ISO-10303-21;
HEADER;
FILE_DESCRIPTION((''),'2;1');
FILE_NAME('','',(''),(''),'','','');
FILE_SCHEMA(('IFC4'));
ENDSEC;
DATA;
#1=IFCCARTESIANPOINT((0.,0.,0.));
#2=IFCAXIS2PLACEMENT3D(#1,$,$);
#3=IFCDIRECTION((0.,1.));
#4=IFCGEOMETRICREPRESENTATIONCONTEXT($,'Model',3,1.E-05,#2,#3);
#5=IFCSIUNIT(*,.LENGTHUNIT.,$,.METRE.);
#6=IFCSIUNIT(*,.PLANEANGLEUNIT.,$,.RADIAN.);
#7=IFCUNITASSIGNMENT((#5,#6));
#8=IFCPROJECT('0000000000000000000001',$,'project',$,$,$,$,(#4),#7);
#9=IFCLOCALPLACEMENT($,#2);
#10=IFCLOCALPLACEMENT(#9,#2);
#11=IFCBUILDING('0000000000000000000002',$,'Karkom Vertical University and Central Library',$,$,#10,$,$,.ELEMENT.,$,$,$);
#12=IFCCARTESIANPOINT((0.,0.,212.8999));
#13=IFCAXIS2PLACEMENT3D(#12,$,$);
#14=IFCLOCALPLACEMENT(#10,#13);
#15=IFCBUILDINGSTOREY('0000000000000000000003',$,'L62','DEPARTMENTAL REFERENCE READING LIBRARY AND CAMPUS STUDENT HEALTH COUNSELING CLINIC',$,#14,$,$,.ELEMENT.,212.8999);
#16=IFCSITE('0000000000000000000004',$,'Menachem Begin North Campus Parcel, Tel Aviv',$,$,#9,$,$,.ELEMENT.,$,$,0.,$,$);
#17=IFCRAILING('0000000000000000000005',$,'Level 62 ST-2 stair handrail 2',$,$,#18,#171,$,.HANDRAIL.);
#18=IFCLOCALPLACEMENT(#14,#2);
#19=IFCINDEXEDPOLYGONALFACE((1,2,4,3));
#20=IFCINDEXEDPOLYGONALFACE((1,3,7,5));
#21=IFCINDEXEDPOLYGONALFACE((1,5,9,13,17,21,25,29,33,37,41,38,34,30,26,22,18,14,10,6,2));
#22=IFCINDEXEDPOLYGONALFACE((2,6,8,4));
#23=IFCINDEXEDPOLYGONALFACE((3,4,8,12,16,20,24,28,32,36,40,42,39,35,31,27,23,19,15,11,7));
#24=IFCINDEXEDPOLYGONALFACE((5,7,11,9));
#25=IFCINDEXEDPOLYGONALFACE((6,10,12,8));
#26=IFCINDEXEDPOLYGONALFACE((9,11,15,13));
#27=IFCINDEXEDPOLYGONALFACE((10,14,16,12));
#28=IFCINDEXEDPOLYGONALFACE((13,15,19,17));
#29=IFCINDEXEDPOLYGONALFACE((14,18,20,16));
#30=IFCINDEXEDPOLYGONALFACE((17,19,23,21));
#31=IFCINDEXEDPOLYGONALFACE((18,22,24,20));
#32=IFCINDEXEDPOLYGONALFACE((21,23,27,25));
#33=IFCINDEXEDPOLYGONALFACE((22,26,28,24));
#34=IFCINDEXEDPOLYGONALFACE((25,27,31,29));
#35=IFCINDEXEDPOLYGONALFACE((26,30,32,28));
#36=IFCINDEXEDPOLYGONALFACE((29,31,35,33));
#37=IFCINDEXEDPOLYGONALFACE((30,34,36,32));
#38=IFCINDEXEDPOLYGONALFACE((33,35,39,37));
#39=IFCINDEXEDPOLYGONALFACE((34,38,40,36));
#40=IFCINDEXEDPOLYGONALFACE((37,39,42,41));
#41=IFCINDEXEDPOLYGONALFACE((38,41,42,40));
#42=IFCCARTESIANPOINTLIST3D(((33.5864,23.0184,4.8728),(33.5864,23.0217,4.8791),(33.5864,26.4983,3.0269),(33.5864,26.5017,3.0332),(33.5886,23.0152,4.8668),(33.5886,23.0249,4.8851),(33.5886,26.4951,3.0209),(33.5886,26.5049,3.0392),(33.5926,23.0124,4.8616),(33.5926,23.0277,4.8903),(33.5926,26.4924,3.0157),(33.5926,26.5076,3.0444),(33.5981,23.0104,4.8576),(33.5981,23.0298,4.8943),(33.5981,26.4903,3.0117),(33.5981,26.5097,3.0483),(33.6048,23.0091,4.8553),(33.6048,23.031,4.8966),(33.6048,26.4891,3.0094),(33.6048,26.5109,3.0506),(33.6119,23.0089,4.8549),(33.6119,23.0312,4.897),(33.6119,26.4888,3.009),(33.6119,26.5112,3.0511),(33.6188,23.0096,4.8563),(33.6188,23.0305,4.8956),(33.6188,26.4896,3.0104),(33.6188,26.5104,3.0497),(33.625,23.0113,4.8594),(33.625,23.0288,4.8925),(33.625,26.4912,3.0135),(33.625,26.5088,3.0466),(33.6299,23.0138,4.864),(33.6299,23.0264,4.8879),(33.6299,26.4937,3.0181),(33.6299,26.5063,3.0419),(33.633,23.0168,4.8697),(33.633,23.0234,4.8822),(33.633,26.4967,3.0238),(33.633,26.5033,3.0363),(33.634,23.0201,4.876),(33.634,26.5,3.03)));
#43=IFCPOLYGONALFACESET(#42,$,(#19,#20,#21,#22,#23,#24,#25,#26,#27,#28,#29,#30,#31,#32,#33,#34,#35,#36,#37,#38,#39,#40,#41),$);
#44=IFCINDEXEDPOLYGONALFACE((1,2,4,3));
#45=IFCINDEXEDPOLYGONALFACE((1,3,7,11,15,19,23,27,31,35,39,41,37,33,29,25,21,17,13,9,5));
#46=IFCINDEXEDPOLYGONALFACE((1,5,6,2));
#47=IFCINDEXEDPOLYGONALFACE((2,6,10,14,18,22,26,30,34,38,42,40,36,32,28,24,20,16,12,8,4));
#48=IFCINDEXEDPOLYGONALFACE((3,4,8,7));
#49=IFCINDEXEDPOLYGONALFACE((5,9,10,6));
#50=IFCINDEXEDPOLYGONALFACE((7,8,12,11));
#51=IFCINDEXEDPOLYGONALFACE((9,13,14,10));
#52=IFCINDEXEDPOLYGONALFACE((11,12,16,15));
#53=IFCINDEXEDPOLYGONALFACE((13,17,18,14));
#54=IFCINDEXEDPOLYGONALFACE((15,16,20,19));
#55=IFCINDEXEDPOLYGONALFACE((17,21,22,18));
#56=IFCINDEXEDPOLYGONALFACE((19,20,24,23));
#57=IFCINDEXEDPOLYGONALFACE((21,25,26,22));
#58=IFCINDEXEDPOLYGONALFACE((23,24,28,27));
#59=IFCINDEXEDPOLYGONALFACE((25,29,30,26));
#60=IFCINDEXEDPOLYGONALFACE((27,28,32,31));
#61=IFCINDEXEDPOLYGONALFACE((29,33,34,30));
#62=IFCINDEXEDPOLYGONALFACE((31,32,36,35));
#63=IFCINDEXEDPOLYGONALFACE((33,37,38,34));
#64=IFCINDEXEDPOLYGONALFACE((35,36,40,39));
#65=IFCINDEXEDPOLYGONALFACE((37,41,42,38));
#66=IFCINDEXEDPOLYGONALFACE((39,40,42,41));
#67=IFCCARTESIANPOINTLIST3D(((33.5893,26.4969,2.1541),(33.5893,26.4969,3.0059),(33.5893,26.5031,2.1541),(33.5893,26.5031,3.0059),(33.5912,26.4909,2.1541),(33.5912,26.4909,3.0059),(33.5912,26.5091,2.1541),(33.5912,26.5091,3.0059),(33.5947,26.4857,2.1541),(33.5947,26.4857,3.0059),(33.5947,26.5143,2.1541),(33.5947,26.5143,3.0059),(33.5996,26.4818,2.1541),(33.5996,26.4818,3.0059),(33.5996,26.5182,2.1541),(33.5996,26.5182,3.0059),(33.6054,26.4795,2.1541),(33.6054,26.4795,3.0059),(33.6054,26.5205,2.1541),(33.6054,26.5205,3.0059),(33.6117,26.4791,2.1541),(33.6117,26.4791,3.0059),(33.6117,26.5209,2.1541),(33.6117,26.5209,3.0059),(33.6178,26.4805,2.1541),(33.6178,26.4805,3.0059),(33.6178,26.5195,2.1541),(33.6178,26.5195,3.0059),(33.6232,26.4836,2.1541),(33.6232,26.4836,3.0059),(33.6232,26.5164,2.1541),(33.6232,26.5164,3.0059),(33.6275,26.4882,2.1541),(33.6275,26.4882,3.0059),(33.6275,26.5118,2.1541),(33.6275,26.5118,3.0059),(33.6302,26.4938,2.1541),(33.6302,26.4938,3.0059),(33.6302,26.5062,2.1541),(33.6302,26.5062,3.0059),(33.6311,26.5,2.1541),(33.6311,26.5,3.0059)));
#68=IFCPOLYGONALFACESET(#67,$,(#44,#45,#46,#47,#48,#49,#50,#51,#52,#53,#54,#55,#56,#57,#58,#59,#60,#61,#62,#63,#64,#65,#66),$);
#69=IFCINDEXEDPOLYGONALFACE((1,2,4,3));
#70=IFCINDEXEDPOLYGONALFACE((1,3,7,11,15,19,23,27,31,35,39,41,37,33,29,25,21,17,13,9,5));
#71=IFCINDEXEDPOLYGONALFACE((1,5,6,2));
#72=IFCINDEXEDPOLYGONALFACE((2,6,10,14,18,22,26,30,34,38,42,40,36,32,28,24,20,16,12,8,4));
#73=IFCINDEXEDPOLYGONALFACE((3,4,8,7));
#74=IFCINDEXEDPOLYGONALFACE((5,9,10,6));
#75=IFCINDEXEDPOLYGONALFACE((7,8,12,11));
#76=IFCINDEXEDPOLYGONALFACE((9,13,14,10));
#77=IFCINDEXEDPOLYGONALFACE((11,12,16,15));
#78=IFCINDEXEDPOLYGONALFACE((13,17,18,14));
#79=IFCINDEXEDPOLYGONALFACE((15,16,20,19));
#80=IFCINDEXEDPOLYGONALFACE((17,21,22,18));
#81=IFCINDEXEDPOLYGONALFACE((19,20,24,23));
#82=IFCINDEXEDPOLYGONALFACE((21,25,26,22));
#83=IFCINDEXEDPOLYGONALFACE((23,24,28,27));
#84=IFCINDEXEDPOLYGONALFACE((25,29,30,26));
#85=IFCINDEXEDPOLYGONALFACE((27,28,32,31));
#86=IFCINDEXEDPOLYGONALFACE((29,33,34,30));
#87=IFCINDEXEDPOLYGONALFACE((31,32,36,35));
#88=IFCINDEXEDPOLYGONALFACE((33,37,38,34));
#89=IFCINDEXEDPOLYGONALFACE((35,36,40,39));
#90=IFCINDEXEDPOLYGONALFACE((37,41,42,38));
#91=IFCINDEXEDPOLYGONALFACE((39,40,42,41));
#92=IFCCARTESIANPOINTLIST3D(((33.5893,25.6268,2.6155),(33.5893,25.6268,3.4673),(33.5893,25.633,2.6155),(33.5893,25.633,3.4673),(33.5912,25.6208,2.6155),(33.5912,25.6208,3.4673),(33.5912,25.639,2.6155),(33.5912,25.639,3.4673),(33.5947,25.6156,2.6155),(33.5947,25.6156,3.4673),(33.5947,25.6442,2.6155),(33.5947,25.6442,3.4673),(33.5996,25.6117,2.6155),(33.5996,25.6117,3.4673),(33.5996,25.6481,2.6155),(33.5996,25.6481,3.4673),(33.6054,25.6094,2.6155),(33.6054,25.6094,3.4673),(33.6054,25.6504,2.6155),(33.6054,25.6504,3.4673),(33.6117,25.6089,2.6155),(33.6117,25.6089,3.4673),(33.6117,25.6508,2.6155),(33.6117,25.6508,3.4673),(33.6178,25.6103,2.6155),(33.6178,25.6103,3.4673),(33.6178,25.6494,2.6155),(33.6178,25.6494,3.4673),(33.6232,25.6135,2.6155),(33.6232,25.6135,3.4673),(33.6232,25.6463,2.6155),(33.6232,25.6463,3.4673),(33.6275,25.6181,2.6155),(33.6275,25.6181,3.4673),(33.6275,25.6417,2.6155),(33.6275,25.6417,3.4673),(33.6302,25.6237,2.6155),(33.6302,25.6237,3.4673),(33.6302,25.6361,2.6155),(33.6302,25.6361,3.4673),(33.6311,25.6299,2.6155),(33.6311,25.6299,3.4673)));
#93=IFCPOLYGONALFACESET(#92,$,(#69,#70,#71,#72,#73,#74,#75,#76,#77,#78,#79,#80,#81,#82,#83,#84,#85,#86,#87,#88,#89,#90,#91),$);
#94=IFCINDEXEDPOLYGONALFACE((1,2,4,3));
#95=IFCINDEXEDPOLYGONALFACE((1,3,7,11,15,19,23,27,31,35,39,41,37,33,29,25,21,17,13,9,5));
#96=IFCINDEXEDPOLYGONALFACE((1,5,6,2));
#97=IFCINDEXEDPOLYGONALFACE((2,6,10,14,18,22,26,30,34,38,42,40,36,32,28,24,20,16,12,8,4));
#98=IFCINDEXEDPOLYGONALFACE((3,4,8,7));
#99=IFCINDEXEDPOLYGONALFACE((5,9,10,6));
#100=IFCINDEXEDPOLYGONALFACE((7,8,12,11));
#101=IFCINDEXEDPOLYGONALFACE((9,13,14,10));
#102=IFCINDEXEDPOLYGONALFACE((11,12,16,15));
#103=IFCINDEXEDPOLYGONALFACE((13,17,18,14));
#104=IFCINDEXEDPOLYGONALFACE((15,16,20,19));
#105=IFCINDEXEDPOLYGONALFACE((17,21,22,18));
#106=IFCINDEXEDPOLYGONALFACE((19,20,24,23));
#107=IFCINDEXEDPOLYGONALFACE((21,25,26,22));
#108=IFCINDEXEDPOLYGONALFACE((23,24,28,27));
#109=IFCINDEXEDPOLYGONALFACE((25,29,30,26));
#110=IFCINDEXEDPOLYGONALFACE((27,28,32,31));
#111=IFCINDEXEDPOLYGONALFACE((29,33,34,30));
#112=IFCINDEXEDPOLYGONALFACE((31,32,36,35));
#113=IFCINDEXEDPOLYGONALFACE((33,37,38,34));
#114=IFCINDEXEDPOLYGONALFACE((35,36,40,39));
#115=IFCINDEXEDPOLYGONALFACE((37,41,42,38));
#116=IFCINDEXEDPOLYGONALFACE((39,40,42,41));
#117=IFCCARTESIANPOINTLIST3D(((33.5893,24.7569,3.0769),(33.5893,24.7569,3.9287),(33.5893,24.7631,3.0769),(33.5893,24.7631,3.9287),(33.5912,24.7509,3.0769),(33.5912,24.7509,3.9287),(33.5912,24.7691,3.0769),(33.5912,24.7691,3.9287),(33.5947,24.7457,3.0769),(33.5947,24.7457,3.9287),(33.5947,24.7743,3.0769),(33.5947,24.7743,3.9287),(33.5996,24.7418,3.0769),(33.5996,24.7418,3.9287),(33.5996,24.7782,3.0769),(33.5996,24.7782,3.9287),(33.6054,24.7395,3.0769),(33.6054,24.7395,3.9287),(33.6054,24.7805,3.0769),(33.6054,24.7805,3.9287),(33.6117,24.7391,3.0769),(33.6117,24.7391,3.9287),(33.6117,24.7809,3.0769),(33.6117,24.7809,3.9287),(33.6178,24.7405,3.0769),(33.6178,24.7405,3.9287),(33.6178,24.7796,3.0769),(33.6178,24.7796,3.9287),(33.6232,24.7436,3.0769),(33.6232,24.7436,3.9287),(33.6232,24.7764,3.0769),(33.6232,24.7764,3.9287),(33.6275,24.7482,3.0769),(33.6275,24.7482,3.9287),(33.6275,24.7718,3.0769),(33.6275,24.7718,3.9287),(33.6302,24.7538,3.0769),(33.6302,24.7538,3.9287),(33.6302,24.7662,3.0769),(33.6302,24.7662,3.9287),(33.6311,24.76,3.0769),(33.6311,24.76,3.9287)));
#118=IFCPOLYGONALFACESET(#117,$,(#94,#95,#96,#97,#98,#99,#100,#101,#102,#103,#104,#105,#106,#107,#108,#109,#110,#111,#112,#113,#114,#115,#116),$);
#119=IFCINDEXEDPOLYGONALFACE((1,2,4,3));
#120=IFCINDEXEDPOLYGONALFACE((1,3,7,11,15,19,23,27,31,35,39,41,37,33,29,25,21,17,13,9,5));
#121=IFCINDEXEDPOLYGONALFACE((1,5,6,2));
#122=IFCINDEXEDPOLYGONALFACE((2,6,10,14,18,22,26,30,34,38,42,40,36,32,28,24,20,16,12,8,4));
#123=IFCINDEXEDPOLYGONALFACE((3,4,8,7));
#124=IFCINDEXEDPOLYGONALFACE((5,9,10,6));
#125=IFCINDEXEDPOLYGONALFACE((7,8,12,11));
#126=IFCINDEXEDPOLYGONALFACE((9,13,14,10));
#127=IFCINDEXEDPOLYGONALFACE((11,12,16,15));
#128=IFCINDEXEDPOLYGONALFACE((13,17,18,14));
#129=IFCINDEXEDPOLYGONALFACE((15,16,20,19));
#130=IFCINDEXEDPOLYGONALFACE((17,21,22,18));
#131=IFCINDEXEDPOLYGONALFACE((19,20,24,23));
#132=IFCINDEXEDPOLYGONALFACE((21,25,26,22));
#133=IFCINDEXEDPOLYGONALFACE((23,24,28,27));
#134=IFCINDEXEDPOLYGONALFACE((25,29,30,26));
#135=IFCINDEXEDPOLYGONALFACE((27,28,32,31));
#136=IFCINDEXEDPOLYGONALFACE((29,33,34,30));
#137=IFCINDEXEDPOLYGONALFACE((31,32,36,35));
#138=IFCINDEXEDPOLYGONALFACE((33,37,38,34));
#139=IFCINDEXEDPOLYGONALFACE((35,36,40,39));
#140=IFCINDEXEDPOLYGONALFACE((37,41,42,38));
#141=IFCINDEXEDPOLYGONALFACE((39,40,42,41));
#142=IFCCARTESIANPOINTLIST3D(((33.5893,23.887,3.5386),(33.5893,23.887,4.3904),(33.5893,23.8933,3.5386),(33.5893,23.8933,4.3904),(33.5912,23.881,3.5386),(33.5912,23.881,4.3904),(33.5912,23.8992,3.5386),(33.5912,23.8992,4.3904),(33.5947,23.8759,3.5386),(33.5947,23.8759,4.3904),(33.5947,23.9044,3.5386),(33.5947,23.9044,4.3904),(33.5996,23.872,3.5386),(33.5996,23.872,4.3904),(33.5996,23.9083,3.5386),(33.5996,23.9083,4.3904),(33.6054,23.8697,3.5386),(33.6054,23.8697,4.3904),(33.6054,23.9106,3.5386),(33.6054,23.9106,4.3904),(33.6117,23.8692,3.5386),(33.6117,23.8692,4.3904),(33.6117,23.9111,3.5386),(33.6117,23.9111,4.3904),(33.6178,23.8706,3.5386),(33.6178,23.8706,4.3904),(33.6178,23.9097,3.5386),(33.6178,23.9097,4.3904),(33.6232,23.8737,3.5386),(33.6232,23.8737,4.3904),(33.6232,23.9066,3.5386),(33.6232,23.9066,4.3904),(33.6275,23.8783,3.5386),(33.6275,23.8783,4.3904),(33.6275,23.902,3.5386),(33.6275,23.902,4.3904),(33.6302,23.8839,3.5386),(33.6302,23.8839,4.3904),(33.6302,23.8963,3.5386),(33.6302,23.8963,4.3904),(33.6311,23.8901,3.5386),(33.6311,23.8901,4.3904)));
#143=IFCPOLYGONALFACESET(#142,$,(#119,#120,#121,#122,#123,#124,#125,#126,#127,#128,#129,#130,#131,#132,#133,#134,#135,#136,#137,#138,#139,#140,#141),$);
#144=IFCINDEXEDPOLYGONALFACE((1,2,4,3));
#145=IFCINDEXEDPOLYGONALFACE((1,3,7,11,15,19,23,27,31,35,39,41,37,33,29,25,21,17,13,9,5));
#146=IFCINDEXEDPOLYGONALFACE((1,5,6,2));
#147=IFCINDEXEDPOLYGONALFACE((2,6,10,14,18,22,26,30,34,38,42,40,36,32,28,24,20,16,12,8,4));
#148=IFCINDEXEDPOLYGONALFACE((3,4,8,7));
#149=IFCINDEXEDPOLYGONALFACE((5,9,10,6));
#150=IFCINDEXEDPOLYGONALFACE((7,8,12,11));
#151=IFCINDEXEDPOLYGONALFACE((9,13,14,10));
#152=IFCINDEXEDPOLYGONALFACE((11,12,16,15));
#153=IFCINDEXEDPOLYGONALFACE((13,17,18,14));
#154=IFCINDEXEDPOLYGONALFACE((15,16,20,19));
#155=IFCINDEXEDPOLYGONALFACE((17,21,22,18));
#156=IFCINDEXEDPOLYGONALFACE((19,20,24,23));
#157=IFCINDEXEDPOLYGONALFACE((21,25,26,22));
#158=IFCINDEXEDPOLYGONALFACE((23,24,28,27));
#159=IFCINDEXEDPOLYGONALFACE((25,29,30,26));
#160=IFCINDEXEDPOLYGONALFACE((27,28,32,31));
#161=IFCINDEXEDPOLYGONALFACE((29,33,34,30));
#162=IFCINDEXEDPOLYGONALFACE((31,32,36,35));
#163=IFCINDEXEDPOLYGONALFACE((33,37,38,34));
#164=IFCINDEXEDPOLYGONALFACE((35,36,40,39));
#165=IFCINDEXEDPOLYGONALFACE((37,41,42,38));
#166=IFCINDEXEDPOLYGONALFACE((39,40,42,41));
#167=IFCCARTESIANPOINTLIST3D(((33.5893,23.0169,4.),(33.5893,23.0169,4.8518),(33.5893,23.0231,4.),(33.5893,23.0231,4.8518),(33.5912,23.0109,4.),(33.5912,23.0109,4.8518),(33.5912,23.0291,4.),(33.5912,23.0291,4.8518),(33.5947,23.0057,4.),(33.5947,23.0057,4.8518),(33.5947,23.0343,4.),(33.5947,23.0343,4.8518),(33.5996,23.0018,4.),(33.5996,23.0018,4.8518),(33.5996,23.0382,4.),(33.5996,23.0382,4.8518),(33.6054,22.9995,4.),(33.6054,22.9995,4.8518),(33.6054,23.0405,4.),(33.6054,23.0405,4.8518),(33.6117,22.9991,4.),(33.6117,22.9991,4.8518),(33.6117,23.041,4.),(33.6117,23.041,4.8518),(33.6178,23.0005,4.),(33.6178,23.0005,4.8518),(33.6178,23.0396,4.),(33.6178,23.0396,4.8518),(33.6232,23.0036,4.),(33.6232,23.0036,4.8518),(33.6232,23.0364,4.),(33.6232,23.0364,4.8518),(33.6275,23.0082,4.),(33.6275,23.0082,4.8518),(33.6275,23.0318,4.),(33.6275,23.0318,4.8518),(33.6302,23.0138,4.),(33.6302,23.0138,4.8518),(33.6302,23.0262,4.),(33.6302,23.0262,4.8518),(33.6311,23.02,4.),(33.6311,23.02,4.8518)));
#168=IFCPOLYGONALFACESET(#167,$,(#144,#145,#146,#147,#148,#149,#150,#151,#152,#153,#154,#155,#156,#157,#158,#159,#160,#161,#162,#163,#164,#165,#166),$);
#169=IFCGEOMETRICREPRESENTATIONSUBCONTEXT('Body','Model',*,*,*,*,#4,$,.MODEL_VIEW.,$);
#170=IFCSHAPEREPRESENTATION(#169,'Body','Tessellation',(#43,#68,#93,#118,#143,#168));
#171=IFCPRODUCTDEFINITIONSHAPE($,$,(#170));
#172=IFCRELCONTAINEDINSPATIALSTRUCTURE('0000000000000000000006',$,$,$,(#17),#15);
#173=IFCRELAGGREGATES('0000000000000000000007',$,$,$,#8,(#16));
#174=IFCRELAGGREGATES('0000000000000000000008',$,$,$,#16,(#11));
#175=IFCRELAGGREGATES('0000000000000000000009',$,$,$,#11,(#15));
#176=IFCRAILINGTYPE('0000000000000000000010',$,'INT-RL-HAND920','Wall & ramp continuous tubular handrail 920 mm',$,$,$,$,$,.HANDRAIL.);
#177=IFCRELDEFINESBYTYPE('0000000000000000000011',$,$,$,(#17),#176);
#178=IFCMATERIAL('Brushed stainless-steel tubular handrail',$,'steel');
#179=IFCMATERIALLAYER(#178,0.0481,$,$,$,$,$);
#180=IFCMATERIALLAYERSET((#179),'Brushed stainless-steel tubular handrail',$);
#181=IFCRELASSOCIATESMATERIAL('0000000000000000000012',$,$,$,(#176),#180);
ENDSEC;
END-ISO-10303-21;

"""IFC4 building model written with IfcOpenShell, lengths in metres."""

from ifc_helpers import new_model, si_unit, direction, frame, origin, origin_2d, place, context, subcontext, project, spatial, circle, extrude, material, layer, layer_set, type_object, element, save


model = new_model("IFC4")

# Units and contexts
model_context = context("Model", 3, precision=1e-05, world=origin(), true_north=direction((0.0, 1.0)))
body_context = subcontext(model_context, "Body", "Model", "MODEL_VIEW")
ifc_project = project(units=[si_unit("LENGTHUNIT", "METRE"), si_unit("PLANEANGLEUNIT", "RADIAN")], contexts=[model_context])

# Site, building, storey
site_placement = place(None, origin())
site = spatial("IfcSite", under=ifc_project, at=site_placement, Name="Menachem Begin North Campus Parcel, Tel Aviv", CompositionType="ELEMENT", RefElevation=0.0)
building_placement = place(site_placement, origin())
building = spatial("IfcBuilding", under=site, at=building_placement, Name="Karkom Vertical University and Central Library", CompositionType="ELEMENT")
storey_placement = place(building_placement, frame((0.0, 0.0, 212.8999)))
storey = spatial("IfcBuildingStorey", under=building, at=storey_placement, Name="L62", Description="DEPARTMENTAL REFERENCE READING LIBRARY AND CAMPUS STUDENT HEALTH COUNSELING CLINIC", CompositionType="ELEMENT", Elevation=212.8999)

# Railing
ifc_material_1 = material(Name="Brushed stainless-steel tubular handrail", Category="steel")
ifc_layer_1 = layer(ifc_material_1, 0.0481)
ifc_layer_set_1 = layer_set([ifc_layer_1], Name="Brushed stainless-steel tubular handrail")
railing_type_1 = type_object("IfcRailingType", Name="INT-RL-HAND920", Description="Wall & ramp continuous tubular handrail 920 mm", PredefinedType="HANDRAIL", material=ifc_layer_set_1)
railing_1_placement = place(storey_placement, frame((33.6101, 26.5, 2.1541)))
element("IfcRailing", 1, at=railing_1_placement, inside=storey, type_object=railing_type_1, Name="Level 62 ST-2 stair handrail 2", PredefinedType="HANDRAIL", context=body_context, shape_type="SweptSolid", body=[
    extrude(circle(Radius=0.0239, at=origin_2d()), frame((0.0, 0.0, 0.876), z_axis=(0.0, -0.883409, 0.468602), x_axis=(1.0, 0.0, 0.0)), (0.0, 0.0, 1.0), 3.9392),
    extrude(circle(Radius=0.021, at=origin_2d()), origin(), (0.0, 0.0, 1.0), 0.8518),
    extrude(circle(Radius=0.021, at=origin_2d()), frame((0.0, -0.8701, 0.4614)), (0.0, 0.0, 1.0), 0.8518),
    extrude(circle(Radius=0.021, at=origin_2d()), frame((0.0, -1.74, 0.9229)), (0.0, 0.0, 1.0), 0.8518),
    extrude(circle(Radius=0.021, at=origin_2d()), frame((0.0, -2.6099, 1.3845)), (0.0, 0.0, 1.0), 0.8518),
    extrude(circle(Radius=0.021, at=origin_2d()), frame((0.0, -3.48, 1.8459)), (0.0, 0.0, 1.0), 0.8518),
])

save(model, "model.ifc")
